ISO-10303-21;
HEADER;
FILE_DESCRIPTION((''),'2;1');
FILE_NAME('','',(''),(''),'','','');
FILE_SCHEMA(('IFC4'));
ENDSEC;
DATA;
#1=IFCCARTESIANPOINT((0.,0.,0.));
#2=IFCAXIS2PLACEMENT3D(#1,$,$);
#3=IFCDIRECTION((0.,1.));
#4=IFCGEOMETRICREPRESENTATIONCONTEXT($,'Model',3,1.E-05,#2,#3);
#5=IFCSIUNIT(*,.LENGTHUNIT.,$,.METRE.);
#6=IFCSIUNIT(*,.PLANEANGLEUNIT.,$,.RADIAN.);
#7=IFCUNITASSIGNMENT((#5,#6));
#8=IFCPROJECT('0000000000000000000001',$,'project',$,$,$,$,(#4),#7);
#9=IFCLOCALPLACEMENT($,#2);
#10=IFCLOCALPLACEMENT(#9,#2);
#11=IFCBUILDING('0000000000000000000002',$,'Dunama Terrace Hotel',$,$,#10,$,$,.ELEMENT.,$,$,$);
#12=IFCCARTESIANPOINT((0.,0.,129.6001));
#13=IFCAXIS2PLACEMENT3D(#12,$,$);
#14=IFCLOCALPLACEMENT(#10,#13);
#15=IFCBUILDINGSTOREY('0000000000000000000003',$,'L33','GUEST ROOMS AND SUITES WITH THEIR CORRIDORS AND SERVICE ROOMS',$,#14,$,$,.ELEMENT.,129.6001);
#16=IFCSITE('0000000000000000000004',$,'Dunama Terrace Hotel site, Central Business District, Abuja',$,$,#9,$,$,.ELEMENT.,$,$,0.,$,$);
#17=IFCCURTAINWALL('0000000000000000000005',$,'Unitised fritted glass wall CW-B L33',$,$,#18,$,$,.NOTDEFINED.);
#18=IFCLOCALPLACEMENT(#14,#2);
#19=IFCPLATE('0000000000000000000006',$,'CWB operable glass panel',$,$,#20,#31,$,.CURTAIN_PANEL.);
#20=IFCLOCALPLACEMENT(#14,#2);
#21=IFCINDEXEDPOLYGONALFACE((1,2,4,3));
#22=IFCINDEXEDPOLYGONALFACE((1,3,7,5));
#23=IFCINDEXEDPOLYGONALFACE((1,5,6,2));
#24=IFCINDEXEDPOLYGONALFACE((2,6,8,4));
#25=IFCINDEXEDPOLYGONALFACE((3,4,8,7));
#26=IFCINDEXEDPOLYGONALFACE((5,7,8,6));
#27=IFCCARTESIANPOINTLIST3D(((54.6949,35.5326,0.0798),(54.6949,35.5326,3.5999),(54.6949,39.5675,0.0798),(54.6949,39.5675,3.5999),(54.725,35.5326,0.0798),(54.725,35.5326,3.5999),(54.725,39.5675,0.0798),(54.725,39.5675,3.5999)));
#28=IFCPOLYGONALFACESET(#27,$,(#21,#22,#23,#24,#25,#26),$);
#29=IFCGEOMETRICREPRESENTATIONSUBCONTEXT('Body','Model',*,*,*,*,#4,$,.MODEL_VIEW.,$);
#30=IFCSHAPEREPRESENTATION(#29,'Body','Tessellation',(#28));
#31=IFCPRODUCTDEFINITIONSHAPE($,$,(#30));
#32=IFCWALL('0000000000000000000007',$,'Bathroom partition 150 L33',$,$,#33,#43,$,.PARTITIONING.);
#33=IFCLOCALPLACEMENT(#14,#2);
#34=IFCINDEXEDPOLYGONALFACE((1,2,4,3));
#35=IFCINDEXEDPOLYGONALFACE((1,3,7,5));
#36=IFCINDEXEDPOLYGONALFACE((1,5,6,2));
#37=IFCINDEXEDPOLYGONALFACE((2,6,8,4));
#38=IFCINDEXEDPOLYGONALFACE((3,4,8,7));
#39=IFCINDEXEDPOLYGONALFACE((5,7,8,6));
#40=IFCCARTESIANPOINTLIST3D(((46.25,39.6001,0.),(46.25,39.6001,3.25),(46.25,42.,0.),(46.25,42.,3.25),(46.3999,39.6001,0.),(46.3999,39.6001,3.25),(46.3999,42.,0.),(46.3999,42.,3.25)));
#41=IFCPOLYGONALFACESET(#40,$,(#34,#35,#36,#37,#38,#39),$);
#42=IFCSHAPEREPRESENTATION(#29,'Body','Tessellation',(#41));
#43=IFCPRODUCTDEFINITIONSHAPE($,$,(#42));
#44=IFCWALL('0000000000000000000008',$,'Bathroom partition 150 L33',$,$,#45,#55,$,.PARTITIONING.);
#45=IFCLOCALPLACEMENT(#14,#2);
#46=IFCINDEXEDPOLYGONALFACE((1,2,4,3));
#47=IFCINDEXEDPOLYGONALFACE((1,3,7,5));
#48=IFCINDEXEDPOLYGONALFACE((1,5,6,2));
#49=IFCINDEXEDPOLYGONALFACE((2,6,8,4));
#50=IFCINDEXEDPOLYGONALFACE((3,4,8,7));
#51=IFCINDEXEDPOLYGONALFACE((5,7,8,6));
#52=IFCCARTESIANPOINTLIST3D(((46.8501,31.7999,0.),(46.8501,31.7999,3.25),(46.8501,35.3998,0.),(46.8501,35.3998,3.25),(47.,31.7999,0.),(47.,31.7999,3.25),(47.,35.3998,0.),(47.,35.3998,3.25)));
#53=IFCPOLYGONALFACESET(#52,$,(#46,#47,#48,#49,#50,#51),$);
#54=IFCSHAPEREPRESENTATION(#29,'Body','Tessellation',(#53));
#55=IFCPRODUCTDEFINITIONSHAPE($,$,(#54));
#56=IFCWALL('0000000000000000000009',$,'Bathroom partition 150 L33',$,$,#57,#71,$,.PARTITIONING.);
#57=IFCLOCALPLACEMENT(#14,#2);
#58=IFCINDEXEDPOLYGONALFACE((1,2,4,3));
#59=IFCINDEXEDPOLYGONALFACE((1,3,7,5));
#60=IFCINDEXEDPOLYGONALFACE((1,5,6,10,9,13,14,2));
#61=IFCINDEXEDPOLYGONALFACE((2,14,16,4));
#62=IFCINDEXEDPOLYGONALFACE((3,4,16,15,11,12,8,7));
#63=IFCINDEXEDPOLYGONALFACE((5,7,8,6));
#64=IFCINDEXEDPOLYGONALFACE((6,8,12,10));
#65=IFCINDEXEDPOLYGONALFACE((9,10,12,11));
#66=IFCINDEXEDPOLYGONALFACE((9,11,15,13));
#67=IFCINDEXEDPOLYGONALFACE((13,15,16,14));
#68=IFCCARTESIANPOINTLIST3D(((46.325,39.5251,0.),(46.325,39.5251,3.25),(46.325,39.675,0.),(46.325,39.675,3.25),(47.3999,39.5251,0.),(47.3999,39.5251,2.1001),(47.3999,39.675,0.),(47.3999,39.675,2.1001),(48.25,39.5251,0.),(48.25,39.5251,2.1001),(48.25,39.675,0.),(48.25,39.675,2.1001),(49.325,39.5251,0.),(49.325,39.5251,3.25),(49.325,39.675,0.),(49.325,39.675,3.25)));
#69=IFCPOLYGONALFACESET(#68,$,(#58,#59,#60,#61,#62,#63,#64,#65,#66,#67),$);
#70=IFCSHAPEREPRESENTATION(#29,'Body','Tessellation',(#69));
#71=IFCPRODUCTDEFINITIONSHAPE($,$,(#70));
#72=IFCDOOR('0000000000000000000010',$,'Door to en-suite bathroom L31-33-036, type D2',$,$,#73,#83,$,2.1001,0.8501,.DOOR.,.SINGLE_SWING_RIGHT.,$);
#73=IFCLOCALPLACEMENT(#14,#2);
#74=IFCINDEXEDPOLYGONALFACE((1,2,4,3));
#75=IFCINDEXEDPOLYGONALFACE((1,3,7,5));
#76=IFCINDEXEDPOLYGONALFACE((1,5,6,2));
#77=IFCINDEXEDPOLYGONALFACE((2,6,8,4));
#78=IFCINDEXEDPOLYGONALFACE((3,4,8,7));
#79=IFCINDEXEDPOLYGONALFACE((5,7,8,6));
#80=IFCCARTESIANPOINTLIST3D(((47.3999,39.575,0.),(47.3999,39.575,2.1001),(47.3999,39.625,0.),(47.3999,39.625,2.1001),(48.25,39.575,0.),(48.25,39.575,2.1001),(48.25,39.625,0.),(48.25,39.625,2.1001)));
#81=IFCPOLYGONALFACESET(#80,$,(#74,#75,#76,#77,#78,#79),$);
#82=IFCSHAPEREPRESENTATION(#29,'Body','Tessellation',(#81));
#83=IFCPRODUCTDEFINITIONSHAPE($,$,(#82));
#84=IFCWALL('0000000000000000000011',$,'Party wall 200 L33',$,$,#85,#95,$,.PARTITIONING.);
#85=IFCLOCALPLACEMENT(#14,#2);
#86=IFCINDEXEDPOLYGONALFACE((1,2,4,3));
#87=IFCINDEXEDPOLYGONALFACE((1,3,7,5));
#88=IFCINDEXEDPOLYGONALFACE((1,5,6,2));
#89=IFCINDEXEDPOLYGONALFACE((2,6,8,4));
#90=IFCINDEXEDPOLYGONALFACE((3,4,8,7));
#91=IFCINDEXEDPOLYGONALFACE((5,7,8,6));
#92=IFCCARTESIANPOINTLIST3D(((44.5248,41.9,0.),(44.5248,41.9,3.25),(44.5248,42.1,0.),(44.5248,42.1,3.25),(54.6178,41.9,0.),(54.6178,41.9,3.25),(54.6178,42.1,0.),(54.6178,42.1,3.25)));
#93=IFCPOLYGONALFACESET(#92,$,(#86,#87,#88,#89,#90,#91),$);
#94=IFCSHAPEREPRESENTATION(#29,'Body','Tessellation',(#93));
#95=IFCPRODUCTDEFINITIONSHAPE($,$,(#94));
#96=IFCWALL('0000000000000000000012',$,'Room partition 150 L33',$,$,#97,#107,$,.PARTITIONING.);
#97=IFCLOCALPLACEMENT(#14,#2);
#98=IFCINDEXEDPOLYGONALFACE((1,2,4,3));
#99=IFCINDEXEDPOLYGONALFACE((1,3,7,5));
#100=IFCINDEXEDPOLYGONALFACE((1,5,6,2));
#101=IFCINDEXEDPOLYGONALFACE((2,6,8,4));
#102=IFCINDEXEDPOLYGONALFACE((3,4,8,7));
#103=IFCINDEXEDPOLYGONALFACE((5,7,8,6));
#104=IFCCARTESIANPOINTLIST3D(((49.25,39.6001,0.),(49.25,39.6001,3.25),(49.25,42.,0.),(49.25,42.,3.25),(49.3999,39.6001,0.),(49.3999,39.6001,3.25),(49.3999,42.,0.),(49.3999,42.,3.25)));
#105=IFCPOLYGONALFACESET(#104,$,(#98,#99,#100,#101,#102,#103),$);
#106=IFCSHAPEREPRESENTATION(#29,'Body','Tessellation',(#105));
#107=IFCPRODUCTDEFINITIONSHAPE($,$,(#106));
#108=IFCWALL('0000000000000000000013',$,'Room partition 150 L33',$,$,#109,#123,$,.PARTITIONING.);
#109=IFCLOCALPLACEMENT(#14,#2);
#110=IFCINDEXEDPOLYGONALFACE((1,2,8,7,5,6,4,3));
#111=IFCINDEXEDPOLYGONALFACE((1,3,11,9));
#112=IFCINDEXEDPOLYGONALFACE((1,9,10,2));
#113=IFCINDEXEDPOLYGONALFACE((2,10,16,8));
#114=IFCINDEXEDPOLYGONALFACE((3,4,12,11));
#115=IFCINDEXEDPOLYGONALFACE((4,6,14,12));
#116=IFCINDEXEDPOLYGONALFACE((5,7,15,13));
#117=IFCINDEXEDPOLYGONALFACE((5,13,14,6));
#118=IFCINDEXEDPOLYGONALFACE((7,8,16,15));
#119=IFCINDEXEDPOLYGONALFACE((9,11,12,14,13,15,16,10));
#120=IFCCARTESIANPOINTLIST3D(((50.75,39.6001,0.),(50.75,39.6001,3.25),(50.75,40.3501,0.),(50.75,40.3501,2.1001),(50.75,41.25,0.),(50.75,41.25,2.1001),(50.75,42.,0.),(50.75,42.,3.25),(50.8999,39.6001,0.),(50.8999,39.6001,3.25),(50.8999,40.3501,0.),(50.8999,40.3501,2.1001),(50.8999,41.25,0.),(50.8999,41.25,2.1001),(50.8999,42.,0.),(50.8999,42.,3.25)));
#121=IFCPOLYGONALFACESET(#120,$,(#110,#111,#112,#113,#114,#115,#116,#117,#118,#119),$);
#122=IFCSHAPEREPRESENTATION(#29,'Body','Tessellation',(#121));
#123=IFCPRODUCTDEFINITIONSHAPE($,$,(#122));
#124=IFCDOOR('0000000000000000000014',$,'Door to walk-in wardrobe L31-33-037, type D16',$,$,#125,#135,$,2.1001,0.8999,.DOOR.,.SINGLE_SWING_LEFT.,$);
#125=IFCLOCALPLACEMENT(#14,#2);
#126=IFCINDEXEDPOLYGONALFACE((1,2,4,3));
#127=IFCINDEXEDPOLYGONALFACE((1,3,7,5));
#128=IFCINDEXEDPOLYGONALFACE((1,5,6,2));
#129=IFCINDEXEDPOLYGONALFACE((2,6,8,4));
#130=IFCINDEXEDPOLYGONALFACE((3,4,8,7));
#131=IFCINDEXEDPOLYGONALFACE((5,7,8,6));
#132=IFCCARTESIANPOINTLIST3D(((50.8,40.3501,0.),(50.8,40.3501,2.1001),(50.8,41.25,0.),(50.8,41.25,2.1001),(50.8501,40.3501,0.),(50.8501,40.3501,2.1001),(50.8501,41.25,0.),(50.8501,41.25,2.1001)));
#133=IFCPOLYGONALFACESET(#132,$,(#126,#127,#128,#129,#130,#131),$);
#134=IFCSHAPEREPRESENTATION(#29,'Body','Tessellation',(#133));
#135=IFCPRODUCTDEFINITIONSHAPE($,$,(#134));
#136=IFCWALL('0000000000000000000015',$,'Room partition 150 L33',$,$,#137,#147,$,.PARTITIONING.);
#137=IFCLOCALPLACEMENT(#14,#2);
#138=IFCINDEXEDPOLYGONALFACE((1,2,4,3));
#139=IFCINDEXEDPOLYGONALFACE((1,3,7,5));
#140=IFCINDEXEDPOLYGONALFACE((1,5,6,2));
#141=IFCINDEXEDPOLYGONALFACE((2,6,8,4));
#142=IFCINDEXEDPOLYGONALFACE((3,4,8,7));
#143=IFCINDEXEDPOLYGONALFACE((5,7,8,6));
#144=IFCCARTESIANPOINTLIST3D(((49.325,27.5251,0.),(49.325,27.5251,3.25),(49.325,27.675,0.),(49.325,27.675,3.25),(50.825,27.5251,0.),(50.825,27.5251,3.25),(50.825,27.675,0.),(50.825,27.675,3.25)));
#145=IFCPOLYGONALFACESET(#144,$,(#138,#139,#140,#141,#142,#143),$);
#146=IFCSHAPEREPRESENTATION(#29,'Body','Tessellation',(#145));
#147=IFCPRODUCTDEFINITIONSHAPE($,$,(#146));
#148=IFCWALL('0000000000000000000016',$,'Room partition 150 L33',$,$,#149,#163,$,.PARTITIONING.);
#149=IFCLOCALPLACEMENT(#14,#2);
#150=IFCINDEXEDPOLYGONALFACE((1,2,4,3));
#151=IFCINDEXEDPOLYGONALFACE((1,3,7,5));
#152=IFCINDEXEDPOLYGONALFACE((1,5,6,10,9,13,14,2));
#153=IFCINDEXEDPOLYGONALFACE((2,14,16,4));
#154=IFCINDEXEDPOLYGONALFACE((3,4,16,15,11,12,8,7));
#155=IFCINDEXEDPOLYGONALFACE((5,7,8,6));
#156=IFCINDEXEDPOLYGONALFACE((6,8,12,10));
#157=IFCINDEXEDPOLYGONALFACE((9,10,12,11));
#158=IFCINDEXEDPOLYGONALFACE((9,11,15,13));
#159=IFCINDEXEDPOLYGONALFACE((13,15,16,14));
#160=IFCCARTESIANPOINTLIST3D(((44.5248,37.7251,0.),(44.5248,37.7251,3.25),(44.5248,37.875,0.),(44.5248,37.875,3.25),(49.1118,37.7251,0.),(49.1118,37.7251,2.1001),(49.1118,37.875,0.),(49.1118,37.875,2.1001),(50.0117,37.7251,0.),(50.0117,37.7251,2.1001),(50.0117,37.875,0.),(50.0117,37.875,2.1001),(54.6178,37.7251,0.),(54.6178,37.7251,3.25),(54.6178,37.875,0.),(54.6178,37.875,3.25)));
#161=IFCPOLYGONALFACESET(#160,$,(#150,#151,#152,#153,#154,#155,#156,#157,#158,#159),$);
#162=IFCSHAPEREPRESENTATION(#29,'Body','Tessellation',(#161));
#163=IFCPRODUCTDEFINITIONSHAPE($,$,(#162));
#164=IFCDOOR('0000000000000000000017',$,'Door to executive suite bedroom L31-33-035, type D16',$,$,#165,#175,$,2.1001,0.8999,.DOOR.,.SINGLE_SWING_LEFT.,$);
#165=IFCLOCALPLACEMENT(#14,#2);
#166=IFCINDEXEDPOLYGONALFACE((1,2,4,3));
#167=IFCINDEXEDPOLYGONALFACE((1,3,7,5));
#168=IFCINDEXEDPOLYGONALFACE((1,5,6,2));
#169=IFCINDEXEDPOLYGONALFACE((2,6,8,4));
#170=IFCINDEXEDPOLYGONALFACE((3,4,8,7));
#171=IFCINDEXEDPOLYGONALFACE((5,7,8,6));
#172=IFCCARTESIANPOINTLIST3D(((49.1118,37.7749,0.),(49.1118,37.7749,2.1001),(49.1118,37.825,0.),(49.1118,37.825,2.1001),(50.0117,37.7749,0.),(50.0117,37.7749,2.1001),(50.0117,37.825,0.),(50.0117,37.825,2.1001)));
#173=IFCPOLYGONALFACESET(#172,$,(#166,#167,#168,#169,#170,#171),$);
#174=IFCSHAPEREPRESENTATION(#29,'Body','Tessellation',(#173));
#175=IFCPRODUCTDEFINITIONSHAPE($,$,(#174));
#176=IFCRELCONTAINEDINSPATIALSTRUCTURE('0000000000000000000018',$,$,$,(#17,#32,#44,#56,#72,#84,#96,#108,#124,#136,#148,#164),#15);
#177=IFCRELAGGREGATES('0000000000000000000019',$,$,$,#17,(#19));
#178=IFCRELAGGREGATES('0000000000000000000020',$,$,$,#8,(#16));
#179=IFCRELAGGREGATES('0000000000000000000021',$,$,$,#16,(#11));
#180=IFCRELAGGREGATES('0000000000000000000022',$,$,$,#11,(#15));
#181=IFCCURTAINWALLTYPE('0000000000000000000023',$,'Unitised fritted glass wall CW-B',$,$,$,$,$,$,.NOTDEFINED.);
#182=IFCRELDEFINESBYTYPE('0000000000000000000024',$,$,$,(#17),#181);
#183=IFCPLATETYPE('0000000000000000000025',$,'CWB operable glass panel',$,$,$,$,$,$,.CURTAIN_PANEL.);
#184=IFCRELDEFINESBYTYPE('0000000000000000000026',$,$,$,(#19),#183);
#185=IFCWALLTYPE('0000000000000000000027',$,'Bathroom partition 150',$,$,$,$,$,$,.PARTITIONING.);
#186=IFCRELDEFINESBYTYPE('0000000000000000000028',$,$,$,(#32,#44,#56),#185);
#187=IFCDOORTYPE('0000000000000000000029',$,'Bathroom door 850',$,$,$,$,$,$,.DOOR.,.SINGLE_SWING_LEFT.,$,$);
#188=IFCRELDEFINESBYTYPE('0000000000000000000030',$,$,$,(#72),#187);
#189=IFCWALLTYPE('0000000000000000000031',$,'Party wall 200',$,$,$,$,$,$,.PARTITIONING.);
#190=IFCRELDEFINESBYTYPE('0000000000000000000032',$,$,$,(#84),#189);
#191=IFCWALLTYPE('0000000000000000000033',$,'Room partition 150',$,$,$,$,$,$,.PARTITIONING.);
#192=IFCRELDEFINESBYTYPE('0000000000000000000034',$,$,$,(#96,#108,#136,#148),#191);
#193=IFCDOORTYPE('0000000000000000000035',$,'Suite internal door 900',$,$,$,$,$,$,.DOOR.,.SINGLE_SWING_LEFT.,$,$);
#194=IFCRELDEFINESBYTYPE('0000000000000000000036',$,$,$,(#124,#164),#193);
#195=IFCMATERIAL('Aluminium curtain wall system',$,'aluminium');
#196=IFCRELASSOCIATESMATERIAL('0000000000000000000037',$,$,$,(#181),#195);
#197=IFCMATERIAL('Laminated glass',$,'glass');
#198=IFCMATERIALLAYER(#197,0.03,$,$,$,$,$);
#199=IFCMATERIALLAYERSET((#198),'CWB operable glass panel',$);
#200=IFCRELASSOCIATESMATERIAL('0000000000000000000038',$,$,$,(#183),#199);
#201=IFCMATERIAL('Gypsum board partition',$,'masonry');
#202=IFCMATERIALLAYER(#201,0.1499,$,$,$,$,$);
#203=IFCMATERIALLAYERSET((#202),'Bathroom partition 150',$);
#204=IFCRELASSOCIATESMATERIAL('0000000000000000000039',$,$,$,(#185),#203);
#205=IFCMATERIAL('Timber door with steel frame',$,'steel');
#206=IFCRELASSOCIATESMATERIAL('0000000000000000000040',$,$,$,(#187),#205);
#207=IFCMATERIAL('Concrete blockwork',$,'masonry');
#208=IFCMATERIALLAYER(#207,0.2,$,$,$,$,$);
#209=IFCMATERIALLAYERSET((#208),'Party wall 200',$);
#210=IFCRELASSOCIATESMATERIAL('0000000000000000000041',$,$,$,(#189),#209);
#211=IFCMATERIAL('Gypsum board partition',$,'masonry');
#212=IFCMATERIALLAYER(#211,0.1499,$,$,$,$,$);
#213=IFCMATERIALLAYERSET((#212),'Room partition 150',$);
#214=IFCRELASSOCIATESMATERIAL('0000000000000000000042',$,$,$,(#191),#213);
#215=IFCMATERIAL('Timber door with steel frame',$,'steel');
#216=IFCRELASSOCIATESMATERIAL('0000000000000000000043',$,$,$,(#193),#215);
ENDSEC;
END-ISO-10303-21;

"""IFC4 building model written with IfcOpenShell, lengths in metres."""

from ifc_helpers import new_model, si_unit, direction, frame, frame_2d, origin, origin_2d, place, context, subcontext, project, spatial, rectangle, extrude, material, layer, layer_set, type_object, element, fill, aggregate, save


model = new_model("IFC4")

# Units and contexts
model_context = context("Model", 3, precision=1e-05, world=origin(), true_north=direction((0.0, 1.0)))
body_context = subcontext(model_context, "Body", "Model", "MODEL_VIEW")
ifc_project = project(units=[si_unit("LENGTHUNIT", "METRE"), si_unit("PLANEANGLEUNIT", "RADIAN")], contexts=[model_context])

# Site, building, storey
site_placement = place(None, origin())
site = spatial("IfcSite", under=ifc_project, at=site_placement, Name="Dunama Terrace Hotel site, Central Business District, Abuja", CompositionType="ELEMENT", RefElevation=0.0)
building_placement = place(site_placement, origin())
building = spatial("IfcBuilding", under=site, at=building_placement, Name="Dunama Terrace Hotel", CompositionType="ELEMENT")
storey_placement = place(building_placement, frame((0.0, 0.0, 129.6001)))
storey = spatial("IfcBuildingStorey", under=building, at=storey_placement, Name="L33", Description="GUEST ROOMS AND SUITES WITH THEIR CORRIDORS AND SERVICE ROOMS", CompositionType="ELEMENT", Elevation=129.6001)

# Curtain wall
ifc_material_1 = material(Name="Aluminium curtain wall system", Category="aluminium")
curtain_wall_type = type_object("IfcCurtainWallType", Name="Unitised fritted glass wall CW-B", PredefinedType="NOTDEFINED", material=ifc_material_1)
curtain_wall_placement = place(storey_placement, origin())
curtain_wall = element("IfcCurtainWall", 1, at=curtain_wall_placement, inside=storey, type_object=curtain_wall_type, Name="Unitised fritted glass wall CW-B L33", PredefinedType="NOTDEFINED")

# Plate
ifc_material_2 = material(Name="Laminated glass", Category="glass")
ifc_layer_1 = layer(ifc_material_2, 0.03)
ifc_layer_set_1 = layer_set([ifc_layer_1], Name="CWB operable glass panel")
plate_type_1 = type_object("IfcPlateType", Name="CWB operable glass panel", PredefinedType="CURTAIN_PANEL", material=ifc_layer_set_1)
plate_1_placement = place(storey_placement, frame((54.71, 37.55, 0.0798), z_axis=(0.0, 0.0, 1.0), x_axis=(0.0, 1.0, 0.0)))
plate_1 = element("IfcPlate", 2, at=plate_1_placement, type_object=plate_type_1, Name="CWB operable glass panel", PredefinedType="CURTAIN_PANEL", context=body_context, shape_type="SweptSolid", body=[
    extrude(rectangle(XDim=4.0349, YDim=0.03, at=origin_2d()), origin(), (0.0, 0.0, 1.0), 3.52),
])
aggregate(curtain_wall, [plate_1])

# Walls
ifc_material_3 = material(Name="Gypsum board partition", Category="masonry")
ifc_layer_2 = layer(ifc_material_3, 0.1499)
ifc_layer_set_2 = layer_set([ifc_layer_2], Name="Bathroom partition 150")
wall_type_1 = type_object("IfcWallType", Name="Bathroom partition 150", PredefinedType="PARTITIONING", material=ifc_layer_set_2)
wall_1_placement = place(storey_placement, frame((46.325, 39.6001, 0.0), z_axis=(0.0, 0.0, 1.0), x_axis=(0.0, 1.0, 0.0)))
element("IfcWall", 3, at=wall_1_placement, inside=storey, type_object=wall_type_1, Name="Bathroom partition 150 L33", PredefinedType="PARTITIONING", context=body_context, shape_type="SweptSolid", body=[
    extrude(rectangle(XDim=2.3999, YDim=0.1499, at=frame_2d((1.2, 0.0))), origin(), (0.0, 0.0, 1.0), 3.25),
])
wall_2_placement = place(storey_placement, frame((46.925, 31.8, 0.0), z_axis=(0.0, 0.0, 1.0), x_axis=(0.0, 1.0, 0.0)))
element("IfcWall", 4, at=wall_2_placement, inside=storey, type_object=wall_type_1, Name="Bathroom partition 150 L33", PredefinedType="PARTITIONING", context=body_context, shape_type="SweptSolid", body=[
    extrude(rectangle(XDim=3.5999, YDim=0.1499, at=frame_2d((1.7998, 0.0))), origin(), (0.0, 0.0, 1.0), 3.25),
])

# Wall, opening, door
wall_3_placement = place(storey_placement, frame((46.325, 39.6001, 0.0), z_axis=(0.0, 0.0, 1.0), x_axis=(1.0, 0.0, 0.0)))
wall_3 = element("IfcWall", 5, at=wall_3_placement, inside=storey, type_object=wall_type_1, Name="Bathroom partition 150 L33", PredefinedType="PARTITIONING", context=body_context, shape_type="SweptSolid", body=[
    extrude(rectangle(XDim=3.0, YDim=0.1499, at=frame_2d((1.5, 0.0))), origin(), (0.0, 0.0, 1.0), 3.25),
])
opening_1_placement = place(wall_3_placement, frame((1.075, 0.0, 0.0)))
opening_1 = element("IfcOpeningElement", 6, at=opening_1_placement, cuts=wall_3, PredefinedType="OPENING", context=body_context, shape_type="SweptSolid", body=[
    extrude(rectangle(XDim=0.8501, YDim=2.1001, at=frame_2d((0.425, 1.05))), frame((0.0, 0.085, 0.0), z_axis=(0.0, -1.0, 0.0), x_axis=(1.0, 0.0, 0.0)), (0.0, 0.0, 1.0), 0.1699),
])
ifc_material_4 = material(Name="Timber door with steel frame", Category="steel")
door_type_1 = type_object("IfcDoorType", Name="Bathroom door 850", OperationType="SINGLE_SWING_LEFT", PredefinedType="DOOR", material=ifc_material_4)
door_1_placement = place(opening_1_placement, origin())
door_1 = element("IfcDoor", 7, at=door_1_placement, inside=storey, type_object=door_type_1, Name="Door to en-suite bathroom L31-33-036, type D2", OperationType="SINGLE_SWING_RIGHT", OverallHeight=2.1001, OverallWidth=0.8501, PredefinedType="DOOR", context=body_context, shape_type="SweptSolid", body=[
    extrude(rectangle(XDim=0.8501, YDim=2.1001, at=frame_2d((0.425, 1.05))), frame((0.0, 0.0249, 0.0), z_axis=(0.0, -1.0, 0.0), x_axis=(1.0, 0.0, 0.0)), (0.0, 0.0, 1.0), 0.05),
])
fill(opening_1, door_1)

# Walls
ifc_material_5 = material(Name="Concrete blockwork", Category="masonry")
ifc_layer_3 = layer(ifc_material_5, 0.2)
ifc_layer_set_3 = layer_set([ifc_layer_3], Name="Party wall 200")
wall_type_2 = type_object("IfcWallType", Name="Party wall 200", PredefinedType="PARTITIONING", material=ifc_layer_set_3)
wall_4_placement = place(storey_placement, frame((44.5249, 42.0, 0.0), z_axis=(0.0, 0.0, 1.0), x_axis=(1.0, 0.0, 0.0)))
element("IfcWall", 8, at=wall_4_placement, inside=storey, type_object=wall_type_2, Name="Party wall 200 L33", PredefinedType="PARTITIONING", context=body_context, shape_type="SweptSolid", body=[
    extrude(rectangle(XDim=10.093, YDim=0.2, at=frame_2d((5.0464, 0.0))), origin(), (0.0, 0.0, 1.0), 3.25),
])
ifc_material_6 = material(Name="Gypsum board partition", Category="masonry")
ifc_layer_4 = layer(ifc_material_6, 0.1499)
ifc_layer_set_4 = layer_set([ifc_layer_4], Name="Room partition 150")
wall_type_3 = type_object("IfcWallType", Name="Room partition 150", PredefinedType="PARTITIONING", material=ifc_layer_set_4)
wall_5_placement = place(storey_placement, frame((49.325, 39.6001, 0.0), z_axis=(0.0, 0.0, 1.0), x_axis=(0.0, 1.0, 0.0)))
element("IfcWall", 9, at=wall_5_placement, inside=storey, type_object=wall_type_3, Name="Room partition 150 L33", PredefinedType="PARTITIONING", context=body_context, shape_type="SweptSolid", body=[
    extrude(rectangle(XDim=2.3999, YDim=0.1499, at=frame_2d((1.2, 0.0))), origin(), (0.0, 0.0, 1.0), 3.25),
])

# Wall, opening, door
wall_6_placement = place(storey_placement, frame((50.825, 39.6001, 0.0), z_axis=(0.0, 0.0, 1.0), x_axis=(0.0, 1.0, 0.0)))
wall_6 = element("IfcWall", 10, at=wall_6_placement, inside=storey, type_object=wall_type_3, Name="Room partition 150 L33", PredefinedType="PARTITIONING", context=body_context, shape_type="SweptSolid", body=[
    extrude(rectangle(XDim=2.3999, YDim=0.1499, at=frame_2d((1.2, 0.0))), origin(), (0.0, 0.0, 1.0), 3.25),
])
opening_2_placement = place(wall_6_placement, frame((0.75, 0.0, 0.0)))
opening_2 = element("IfcOpeningElement", 11, at=opening_2_placement, cuts=wall_6, PredefinedType="OPENING", context=body_context, shape_type="SweptSolid", body=[
    extrude(rectangle(XDim=0.8999, YDim=2.1001, at=frame_2d((0.45, 1.05))), frame((0.0, 0.085, 0.0), z_axis=(0.0, -1.0, 0.0), x_axis=(1.0, 0.0, 0.0)), (0.0, 0.0, 1.0), 0.1699),
])
ifc_material_7 = material(Name="Timber door with steel frame", Category="steel")
door_type_2 = type_object("IfcDoorType", Name="Suite internal door 900", OperationType="SINGLE_SWING_LEFT", PredefinedType="DOOR", material=ifc_material_7)
door_2_placement = place(opening_2_placement, origin())
door_2 = element("IfcDoor", 12, at=door_2_placement, inside=storey, type_object=door_type_2, Name="Door to walk-in wardrobe L31-33-037, type D16", OperationType="SINGLE_SWING_LEFT", OverallHeight=2.1001, OverallWidth=0.8999, PredefinedType="DOOR", context=body_context, shape_type="SweptSolid", body=[
    extrude(rectangle(XDim=0.8999, YDim=2.1001, at=frame_2d((0.45, 1.05))), frame((0.0, 0.0249, 0.0), z_axis=(0.0, -1.0, 0.0), x_axis=(1.0, 0.0, 0.0)), (0.0, 0.0, 1.0), 0.05),
])
fill(opening_2, door_2)

# Wall
wall_7_placement = place(storey_placement, frame((49.325, 27.6001, 0.0), z_axis=(0.0, 0.0, 1.0), x_axis=(1.0, 0.0, 0.0)))
element("IfcWall", 13, at=wall_7_placement, inside=storey, type_object=wall_type_3, Name="Room partition 150 L33", PredefinedType="PARTITIONING", context=body_context, shape_type="SweptSolid", body=[
    extrude(rectangle(XDim=1.5, YDim=0.1499, at=frame_2d((0.75, 0.0))), origin(), (0.0, 0.0, 1.0), 3.25),
])

# Wall, opening, door
wall_8_placement = place(storey_placement, frame((44.5249, 37.8, 0.0), z_axis=(0.0, 0.0, 1.0), x_axis=(1.0, 0.0, 0.0)))
wall_8 = element("IfcWall", 14, at=wall_8_placement, inside=storey, type_object=wall_type_3, Name="Room partition 150 L33", PredefinedType="PARTITIONING", context=body_context, shape_type="SweptSolid", body=[
    extrude(rectangle(XDim=10.093, YDim=0.1499, at=frame_2d((5.0464, 0.0))), origin(), (0.0, 0.0, 1.0), 3.25),
])
opening_3_placement = place(wall_8_placement, frame((4.5869, 0.0, 0.0)))
opening_3 = element("IfcOpeningElement", 15, at=opening_3_placement, cuts=wall_8, PredefinedType="OPENING", context=body_context, shape_type="SweptSolid", body=[
    extrude(rectangle(XDim=0.8999, YDim=2.1001, at=frame_2d((0.45, 1.05))), frame((0.0, 0.085, 0.0), z_axis=(0.0, -1.0, 0.0), x_axis=(1.0, 0.0, 0.0)), (0.0, 0.0, 1.0), 0.1699),
])
door_3_placement = place(opening_3_placement, origin())
door_3 = element("IfcDoor", 16, at=door_3_placement, inside=storey, type_object=door_type_2, Name="Door to executive suite bedroom L31-33-035, type D16", OperationType="SINGLE_SWING_LEFT", OverallHeight=2.1001, OverallWidth=0.8999, PredefinedType="DOOR", context=body_context, shape_type="SweptSolid", body=[
    extrude(rectangle(XDim=0.8999, YDim=2.1001, at=frame_2d((0.45, 1.05))), frame((0.0, 0.0249, 0.0), z_axis=(0.0, -1.0, 0.0), x_axis=(1.0, 0.0, 0.0)), (0.0, 0.0, 1.0), 0.05),
])
fill(opening_3, door_3)

save(model, "model.ifc")
